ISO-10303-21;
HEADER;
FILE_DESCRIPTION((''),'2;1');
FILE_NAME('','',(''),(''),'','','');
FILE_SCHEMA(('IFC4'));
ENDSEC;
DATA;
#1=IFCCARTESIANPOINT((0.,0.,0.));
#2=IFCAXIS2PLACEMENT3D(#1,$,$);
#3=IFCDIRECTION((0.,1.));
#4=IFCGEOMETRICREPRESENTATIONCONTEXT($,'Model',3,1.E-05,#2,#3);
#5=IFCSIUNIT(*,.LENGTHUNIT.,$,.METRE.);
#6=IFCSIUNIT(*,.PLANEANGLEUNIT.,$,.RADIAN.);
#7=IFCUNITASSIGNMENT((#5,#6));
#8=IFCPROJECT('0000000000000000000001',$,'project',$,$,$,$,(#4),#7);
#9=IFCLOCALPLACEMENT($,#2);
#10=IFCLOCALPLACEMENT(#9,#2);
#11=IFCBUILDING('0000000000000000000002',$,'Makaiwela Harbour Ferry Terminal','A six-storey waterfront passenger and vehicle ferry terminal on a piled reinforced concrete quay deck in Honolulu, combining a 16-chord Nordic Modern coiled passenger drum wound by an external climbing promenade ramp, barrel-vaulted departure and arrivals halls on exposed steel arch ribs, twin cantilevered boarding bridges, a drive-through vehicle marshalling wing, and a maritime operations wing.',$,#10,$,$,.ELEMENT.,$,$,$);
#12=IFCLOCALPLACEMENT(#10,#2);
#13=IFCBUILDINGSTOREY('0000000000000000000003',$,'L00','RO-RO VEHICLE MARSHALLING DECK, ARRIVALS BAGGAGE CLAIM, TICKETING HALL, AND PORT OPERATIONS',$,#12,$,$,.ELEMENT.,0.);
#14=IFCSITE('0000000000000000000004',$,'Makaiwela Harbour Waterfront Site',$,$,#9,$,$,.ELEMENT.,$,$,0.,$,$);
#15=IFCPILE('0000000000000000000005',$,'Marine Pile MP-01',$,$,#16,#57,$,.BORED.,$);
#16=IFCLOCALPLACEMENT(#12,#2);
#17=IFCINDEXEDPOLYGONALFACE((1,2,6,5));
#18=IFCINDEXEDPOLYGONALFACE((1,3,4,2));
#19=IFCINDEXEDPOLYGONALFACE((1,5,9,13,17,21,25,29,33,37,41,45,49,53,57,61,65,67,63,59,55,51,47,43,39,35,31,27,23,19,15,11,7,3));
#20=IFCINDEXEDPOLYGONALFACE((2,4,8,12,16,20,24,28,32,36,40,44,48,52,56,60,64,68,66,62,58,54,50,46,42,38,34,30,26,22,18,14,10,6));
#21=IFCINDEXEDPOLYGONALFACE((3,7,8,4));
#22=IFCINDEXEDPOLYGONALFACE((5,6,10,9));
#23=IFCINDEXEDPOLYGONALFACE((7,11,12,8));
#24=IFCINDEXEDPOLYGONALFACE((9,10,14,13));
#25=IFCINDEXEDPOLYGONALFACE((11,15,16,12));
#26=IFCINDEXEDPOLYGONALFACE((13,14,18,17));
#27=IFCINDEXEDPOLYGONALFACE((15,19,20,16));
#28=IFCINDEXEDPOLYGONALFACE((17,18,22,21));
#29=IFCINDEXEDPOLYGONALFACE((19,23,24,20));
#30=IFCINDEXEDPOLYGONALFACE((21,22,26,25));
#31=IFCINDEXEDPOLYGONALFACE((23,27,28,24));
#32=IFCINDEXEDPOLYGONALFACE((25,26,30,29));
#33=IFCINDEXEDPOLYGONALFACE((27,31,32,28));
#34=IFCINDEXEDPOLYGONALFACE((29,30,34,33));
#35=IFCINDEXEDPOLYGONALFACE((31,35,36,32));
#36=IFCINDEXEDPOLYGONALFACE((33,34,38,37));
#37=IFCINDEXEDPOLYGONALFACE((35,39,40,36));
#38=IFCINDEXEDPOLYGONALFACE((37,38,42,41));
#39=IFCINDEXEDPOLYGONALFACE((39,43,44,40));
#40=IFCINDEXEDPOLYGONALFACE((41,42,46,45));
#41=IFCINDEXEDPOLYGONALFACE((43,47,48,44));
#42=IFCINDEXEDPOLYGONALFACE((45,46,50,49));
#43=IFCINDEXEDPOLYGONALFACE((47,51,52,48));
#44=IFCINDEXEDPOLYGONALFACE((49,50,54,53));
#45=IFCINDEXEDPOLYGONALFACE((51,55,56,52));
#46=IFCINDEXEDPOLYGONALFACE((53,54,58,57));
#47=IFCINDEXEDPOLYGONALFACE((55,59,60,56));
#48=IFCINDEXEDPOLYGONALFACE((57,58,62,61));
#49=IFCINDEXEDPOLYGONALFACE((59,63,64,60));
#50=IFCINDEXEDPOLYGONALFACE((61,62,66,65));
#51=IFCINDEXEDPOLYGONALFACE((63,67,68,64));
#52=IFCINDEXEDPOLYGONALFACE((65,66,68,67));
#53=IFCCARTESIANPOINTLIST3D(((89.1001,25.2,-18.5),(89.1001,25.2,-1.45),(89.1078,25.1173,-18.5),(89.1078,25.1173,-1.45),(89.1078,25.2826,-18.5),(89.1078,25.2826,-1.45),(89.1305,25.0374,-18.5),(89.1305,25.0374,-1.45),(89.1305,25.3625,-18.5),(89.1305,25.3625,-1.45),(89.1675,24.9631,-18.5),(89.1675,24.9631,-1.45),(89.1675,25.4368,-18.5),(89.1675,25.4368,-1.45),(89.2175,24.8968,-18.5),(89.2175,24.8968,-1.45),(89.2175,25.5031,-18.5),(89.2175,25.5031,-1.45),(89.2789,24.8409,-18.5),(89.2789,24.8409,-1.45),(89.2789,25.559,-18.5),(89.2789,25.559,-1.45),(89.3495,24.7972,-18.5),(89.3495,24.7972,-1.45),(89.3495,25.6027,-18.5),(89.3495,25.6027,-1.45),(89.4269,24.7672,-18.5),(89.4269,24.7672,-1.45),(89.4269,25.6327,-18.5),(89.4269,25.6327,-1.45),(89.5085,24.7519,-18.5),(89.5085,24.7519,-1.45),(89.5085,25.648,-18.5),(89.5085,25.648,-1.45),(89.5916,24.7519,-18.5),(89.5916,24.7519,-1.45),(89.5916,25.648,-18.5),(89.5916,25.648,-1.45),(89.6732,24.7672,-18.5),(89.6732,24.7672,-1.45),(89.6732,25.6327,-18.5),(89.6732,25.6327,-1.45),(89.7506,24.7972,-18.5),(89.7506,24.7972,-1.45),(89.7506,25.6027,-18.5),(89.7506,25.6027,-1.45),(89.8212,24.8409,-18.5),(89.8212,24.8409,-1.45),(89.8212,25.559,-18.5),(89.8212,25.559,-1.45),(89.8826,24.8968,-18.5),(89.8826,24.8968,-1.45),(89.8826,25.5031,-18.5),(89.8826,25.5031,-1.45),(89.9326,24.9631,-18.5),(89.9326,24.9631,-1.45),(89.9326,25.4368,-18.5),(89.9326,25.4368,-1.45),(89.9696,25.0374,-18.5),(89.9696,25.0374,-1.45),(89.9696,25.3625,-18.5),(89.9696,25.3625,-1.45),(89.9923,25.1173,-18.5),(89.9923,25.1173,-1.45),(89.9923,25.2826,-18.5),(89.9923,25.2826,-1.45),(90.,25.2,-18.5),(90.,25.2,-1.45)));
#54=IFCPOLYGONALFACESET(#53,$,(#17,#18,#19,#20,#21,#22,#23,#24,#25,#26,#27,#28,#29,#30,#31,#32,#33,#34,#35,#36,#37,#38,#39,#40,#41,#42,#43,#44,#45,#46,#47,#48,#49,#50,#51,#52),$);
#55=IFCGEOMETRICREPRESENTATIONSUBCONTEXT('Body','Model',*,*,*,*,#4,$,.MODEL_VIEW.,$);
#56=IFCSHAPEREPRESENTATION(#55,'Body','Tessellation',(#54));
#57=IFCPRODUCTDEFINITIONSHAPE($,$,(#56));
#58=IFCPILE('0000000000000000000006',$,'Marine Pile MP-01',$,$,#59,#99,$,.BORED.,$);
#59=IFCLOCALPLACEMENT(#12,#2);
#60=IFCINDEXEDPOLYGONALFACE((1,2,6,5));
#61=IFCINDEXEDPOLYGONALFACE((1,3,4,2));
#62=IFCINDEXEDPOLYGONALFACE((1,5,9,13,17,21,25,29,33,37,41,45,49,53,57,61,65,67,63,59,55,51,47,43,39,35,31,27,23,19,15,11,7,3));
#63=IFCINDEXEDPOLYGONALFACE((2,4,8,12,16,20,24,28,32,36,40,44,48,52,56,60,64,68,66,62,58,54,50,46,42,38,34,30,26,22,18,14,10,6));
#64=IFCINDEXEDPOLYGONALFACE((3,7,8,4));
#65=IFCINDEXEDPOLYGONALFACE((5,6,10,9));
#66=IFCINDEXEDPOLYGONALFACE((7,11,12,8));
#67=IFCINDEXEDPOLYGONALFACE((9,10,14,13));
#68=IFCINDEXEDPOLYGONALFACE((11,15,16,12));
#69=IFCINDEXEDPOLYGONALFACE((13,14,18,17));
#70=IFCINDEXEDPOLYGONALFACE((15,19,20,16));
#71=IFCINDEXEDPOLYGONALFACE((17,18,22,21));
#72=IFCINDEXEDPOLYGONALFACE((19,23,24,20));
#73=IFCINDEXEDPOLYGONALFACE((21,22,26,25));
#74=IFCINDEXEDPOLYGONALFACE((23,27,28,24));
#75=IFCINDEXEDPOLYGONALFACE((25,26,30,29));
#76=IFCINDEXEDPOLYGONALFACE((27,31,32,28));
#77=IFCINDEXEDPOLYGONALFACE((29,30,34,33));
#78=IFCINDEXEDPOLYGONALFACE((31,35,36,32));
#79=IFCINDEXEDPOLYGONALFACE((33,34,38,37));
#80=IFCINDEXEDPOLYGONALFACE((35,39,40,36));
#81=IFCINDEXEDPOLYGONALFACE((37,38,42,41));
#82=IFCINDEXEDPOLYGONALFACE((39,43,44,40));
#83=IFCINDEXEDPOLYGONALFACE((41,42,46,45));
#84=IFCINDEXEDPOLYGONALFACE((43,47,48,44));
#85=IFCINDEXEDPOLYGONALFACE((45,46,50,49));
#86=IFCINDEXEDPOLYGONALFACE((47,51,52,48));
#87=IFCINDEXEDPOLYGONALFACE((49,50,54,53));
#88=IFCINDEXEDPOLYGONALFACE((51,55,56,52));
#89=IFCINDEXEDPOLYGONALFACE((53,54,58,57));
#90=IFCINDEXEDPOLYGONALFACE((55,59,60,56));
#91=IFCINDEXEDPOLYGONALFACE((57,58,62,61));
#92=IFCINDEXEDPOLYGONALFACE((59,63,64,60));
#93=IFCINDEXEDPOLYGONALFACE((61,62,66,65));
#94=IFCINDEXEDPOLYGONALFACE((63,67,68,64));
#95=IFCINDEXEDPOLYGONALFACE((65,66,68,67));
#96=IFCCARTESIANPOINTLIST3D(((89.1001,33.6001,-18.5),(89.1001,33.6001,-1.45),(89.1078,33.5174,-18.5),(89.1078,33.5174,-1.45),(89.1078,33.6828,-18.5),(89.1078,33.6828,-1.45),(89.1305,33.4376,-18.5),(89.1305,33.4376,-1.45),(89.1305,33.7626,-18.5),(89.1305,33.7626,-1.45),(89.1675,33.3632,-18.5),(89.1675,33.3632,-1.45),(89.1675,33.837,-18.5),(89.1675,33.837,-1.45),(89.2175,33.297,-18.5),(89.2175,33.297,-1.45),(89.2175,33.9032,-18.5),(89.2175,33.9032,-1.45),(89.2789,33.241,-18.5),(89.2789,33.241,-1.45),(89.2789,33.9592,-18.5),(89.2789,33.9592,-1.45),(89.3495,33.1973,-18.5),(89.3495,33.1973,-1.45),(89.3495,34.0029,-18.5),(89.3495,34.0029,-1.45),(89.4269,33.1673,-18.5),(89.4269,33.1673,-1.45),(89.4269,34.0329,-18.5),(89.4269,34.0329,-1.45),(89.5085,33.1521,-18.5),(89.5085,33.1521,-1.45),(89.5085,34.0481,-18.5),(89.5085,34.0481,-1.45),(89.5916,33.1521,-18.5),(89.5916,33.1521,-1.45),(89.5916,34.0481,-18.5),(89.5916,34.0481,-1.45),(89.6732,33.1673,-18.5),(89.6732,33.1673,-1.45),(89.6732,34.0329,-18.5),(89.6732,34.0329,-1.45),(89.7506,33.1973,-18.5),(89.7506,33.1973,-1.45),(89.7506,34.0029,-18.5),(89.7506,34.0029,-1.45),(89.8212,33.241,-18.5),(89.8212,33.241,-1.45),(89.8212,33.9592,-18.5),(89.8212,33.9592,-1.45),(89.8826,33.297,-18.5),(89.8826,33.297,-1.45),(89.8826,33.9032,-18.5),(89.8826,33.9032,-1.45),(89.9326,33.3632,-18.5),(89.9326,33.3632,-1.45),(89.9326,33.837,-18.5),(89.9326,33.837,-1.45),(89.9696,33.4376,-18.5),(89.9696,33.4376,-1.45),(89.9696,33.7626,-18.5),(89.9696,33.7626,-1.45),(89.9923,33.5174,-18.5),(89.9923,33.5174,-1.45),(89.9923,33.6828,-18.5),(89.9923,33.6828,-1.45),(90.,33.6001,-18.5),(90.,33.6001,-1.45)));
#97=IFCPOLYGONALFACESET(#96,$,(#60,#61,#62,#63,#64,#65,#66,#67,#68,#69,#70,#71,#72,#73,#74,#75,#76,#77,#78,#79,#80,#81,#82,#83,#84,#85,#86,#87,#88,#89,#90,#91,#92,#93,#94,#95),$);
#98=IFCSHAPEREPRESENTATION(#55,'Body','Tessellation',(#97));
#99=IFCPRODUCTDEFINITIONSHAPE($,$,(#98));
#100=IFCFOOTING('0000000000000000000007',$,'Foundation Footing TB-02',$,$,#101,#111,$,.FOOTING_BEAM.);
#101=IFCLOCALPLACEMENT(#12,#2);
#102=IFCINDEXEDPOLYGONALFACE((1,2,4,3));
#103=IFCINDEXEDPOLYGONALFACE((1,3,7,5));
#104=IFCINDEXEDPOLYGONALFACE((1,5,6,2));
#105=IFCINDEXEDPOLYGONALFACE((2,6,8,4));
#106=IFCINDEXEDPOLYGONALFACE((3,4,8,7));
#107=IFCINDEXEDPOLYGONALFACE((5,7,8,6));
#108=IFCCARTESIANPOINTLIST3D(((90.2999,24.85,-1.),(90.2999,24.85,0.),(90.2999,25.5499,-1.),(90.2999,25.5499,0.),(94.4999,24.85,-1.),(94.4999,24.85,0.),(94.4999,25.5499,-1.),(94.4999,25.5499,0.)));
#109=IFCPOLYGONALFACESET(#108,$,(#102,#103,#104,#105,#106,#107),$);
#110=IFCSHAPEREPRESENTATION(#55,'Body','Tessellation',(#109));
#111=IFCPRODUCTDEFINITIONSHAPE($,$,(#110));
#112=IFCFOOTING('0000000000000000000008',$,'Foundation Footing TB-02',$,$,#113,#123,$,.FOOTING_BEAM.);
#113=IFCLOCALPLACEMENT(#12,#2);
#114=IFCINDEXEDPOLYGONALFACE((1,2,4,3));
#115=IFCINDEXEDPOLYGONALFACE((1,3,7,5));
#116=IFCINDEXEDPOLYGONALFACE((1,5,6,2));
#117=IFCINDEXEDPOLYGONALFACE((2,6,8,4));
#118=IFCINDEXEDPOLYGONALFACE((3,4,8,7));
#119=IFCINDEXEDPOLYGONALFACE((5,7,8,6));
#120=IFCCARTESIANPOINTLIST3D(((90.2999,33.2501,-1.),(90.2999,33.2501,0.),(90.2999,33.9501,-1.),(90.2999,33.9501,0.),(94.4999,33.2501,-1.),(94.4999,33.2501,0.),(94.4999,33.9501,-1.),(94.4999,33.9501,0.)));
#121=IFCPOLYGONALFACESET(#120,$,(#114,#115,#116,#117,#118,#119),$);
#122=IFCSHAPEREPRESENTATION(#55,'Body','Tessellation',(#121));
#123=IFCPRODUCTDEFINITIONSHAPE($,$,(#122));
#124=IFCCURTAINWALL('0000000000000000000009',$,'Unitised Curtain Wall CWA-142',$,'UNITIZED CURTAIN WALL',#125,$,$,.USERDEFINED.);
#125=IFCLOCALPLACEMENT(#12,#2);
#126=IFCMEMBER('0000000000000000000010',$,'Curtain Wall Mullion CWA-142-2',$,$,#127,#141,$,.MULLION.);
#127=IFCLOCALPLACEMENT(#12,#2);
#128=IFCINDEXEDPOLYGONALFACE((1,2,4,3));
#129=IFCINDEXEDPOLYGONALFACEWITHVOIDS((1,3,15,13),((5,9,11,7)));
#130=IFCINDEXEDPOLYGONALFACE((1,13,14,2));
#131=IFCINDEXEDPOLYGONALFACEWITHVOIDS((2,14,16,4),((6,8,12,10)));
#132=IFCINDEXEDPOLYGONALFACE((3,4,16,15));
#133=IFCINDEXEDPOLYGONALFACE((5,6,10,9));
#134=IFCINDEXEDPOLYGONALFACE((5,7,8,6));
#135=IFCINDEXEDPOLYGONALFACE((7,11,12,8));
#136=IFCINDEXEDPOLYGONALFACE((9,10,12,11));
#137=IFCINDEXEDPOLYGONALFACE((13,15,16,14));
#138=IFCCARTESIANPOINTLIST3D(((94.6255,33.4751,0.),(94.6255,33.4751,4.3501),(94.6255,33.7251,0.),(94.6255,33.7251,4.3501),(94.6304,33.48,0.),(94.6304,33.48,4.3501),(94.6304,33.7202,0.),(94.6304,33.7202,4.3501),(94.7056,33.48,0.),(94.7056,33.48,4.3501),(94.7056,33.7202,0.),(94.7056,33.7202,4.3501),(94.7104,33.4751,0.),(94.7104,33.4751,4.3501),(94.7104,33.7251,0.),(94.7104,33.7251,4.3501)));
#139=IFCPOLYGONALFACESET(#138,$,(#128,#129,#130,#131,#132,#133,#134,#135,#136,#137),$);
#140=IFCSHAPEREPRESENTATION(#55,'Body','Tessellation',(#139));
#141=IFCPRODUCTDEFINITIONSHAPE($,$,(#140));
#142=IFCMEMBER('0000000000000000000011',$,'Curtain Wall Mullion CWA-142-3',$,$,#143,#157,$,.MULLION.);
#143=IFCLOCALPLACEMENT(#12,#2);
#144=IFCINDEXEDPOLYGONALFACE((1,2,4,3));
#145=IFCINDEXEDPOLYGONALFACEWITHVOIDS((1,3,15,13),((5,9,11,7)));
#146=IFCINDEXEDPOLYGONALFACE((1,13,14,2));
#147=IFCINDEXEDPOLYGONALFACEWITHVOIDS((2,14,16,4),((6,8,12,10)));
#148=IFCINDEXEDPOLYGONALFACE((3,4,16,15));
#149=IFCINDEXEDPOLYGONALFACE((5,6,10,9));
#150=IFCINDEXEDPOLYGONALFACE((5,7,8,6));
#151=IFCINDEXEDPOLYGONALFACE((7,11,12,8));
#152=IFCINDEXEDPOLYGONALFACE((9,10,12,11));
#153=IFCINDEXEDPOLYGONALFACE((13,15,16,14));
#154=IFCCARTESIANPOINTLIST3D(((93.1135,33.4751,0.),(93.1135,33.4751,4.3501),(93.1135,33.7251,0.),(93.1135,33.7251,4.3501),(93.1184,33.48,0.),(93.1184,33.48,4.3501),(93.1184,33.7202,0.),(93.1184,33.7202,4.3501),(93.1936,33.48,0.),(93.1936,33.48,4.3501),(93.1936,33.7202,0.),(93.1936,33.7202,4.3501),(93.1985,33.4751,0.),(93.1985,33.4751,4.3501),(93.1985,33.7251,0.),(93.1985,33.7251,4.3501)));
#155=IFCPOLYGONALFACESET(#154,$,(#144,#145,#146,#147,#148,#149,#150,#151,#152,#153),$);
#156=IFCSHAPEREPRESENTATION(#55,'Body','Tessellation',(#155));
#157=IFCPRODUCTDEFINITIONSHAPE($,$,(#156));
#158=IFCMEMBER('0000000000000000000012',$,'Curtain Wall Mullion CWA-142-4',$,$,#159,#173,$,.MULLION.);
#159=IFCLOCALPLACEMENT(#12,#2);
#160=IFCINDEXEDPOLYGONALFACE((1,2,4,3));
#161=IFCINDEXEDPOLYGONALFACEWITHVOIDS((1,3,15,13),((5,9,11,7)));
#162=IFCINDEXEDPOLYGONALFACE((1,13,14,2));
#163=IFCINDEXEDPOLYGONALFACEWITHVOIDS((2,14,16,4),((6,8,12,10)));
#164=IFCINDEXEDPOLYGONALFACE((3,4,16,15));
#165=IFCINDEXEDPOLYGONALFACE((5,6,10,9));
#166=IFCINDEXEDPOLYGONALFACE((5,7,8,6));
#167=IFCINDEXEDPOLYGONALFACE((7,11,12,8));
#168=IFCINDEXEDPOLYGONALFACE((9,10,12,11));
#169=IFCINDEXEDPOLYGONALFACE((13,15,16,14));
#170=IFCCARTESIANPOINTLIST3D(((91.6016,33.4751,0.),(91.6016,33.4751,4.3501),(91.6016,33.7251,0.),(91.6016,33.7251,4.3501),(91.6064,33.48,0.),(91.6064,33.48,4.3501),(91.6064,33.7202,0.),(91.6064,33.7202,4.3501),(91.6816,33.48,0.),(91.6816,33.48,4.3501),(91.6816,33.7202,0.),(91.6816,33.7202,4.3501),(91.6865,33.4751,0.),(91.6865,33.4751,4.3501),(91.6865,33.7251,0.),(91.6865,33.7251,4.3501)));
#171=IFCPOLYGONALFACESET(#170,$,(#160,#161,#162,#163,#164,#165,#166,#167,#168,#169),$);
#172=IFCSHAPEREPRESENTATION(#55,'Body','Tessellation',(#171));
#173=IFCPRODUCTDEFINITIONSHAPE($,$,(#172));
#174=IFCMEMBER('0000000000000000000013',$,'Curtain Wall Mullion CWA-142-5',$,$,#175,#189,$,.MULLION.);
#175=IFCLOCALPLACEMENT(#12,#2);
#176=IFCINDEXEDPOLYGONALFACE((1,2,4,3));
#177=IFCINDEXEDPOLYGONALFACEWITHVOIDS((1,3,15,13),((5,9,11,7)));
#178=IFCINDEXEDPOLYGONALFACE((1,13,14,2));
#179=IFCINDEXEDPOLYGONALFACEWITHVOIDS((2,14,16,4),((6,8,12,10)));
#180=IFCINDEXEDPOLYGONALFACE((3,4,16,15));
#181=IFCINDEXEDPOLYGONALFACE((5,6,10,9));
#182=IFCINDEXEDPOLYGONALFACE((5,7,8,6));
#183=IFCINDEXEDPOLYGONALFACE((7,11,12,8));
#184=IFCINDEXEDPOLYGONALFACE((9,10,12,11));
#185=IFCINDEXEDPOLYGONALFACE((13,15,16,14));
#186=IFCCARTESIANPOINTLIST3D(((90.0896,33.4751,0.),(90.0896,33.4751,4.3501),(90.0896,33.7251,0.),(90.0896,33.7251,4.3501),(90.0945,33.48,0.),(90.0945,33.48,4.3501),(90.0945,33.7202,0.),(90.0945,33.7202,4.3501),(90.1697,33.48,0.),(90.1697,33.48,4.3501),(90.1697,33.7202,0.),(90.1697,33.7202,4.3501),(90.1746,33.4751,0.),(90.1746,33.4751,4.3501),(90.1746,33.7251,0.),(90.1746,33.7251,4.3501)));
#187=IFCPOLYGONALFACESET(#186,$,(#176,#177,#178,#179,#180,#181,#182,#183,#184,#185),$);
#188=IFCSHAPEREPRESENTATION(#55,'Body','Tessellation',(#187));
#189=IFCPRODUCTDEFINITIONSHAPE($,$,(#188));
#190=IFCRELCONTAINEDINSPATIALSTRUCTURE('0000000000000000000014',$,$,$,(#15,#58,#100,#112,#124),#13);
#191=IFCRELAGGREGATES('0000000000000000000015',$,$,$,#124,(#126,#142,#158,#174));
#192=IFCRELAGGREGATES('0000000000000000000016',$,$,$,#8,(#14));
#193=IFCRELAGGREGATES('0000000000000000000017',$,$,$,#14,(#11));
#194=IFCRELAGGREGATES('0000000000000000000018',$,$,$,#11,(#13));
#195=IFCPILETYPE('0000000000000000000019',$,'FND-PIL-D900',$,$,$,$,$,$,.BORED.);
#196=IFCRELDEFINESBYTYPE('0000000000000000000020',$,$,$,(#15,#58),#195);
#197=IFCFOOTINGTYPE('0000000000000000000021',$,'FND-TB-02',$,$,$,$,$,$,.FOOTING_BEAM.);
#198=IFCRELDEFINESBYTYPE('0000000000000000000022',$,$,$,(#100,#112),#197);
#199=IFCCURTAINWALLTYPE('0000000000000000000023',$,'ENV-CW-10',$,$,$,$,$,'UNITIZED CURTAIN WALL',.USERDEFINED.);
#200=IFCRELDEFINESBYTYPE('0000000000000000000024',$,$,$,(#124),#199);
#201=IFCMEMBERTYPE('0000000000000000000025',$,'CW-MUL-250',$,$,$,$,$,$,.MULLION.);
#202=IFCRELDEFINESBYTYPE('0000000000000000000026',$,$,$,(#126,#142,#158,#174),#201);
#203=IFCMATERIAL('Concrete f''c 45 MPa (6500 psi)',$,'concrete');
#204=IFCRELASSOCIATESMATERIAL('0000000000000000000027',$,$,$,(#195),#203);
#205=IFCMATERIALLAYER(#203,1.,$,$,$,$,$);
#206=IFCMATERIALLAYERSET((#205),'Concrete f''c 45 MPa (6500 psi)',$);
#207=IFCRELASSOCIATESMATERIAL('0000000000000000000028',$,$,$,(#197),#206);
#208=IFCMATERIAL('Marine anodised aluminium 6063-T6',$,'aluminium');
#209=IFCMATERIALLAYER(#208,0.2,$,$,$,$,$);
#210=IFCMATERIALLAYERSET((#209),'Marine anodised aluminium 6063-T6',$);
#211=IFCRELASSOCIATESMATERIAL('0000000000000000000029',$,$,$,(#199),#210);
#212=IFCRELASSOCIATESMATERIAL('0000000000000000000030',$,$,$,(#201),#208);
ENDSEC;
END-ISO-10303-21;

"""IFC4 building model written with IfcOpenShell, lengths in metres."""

from ifc_helpers import new_model, si_unit, direction, frame, origin, origin_2d, place, context, subcontext, project, spatial, rectangle, hollow_rectangle, circle, extrude, material, layer, layer_set, material_profile, profile_set, type_object, element, aggregate, save


model = new_model("IFC4")

# Units and contexts
model_context = context("Model", 3, precision=1e-05, world=origin(), true_north=direction((0.0, 1.0)))
body_context = subcontext(model_context, "Body", "Model", "MODEL_VIEW")
ifc_project = project(units=[si_unit("LENGTHUNIT", "METRE"), si_unit("PLANEANGLEUNIT", "RADIAN")], contexts=[model_context])

# Site, building, storey
site_placement = place(None, origin())
site = spatial("IfcSite", under=ifc_project, at=site_placement, Name="Makaiwela Harbour Waterfront Site", CompositionType="ELEMENT", RefElevation=0.0)
building_placement = place(site_placement, origin())
building = spatial("IfcBuilding", under=site, at=building_placement, Name="Makaiwela Harbour Ferry Terminal", Description="A six-storey waterfront passenger and vehicle ferry terminal on a piled reinforced concrete quay deck in Honolulu, combining a 16-chord Nordic Modern coiled passenger drum wound by an external climbing promenade ramp, barrel-vaulted departure and arrivals halls on exposed steel arch ribs, twin cantilevered boarding bridges, a drive-through vehicle marshalling wing, and a maritime operations wing.", CompositionType="ELEMENT")
storey_placement = place(building_placement, origin())
storey = spatial("IfcBuildingStorey", under=building, at=storey_placement, Name="L00", Description="RO-RO VEHICLE MARSHALLING DECK, ARRIVALS BAGGAGE CLAIM, TICKETING HALL, AND PORT OPERATIONS", CompositionType="ELEMENT", Elevation=0.0)

# Piles
ifc_material_1 = material(Name="Concrete f'c 45 MPa (6500 psi)", Category="concrete")
ifc_material_profile_1 = material_profile(ifc_material_1, circle(Radius=0.45, at=origin_2d()), Name="PILE-D900")
ifc_profile_set_1 = profile_set([ifc_material_profile_1], Name="Concrete f'c 45 MPa (6500 psi)")
pile_type = type_object("IfcPileType", Name="FND-PIL-D900", PredefinedType="BORED", material=ifc_profile_set_1)
for number, where, z_axis, x_axis, name in (
    (1, (89.55, 25.2, -1.45), (0.0, 0.0, -1.0), (1.0, 0.0, 0.0), "Marine Pile MP-01"),
    (2, (89.55, 33.6001, -1.45), (0.0, 0.0, -1.0), (1.0, 0.0, 0.0), "Marine Pile MP-01"),
):
    element("IfcPile", number, at=place(storey_placement, frame(where, z_axis=z_axis, x_axis=x_axis)), inside=storey, type_object=pile_type, Name=name, PredefinedType="BORED", context=body_context, shape_type="SweptSolid", body=[
        extrude(circle(Radius=0.45, at=origin_2d()), origin(), (0.0, 0.0, 1.0), 17.05),
    ])

# Footings
ifc_layer_1 = layer(ifc_material_1, 1.0)
ifc_layer_set_1 = layer_set([ifc_layer_1], Name="Concrete f'c 45 MPa (6500 psi)")
footing_type = type_object("IfcFootingType", Name="FND-TB-02", PredefinedType="FOOTING_BEAM", material=ifc_layer_set_1)
for number, where, z_axis, x_axis, name in (
    (3, (92.3999, 25.2, -1.0), (0.0, 0.0, 1.0), (1.0, 0.0, 0.0), "Foundation Footing TB-02"),
    (4, (92.3999, 33.6001, -1.0), (0.0, 0.0, 1.0), (1.0, 0.0, 0.0), "Foundation Footing TB-02"),
):
    element("IfcFooting", number, at=place(storey_placement, frame(where, z_axis=z_axis, x_axis=x_axis)), inside=storey, type_object=footing_type, Name=name, PredefinedType="FOOTING_BEAM", context=body_context, shape_type="SweptSolid", body=[
        extrude(rectangle(XDim=4.2, YDim=0.7, at=origin_2d()), origin(), (0.0, 0.0, 1.0), 1.0),
    ])

# Curtain wall, members
ifc_material_2 = material(Name="Marine anodised aluminium 6063-T6", Category="aluminium")
ifc_layer_2 = layer(ifc_material_2, 0.2)
ifc_layer_set_2 = layer_set([ifc_layer_2], Name="Marine anodised aluminium 6063-T6")
curtain_wall_type = type_object("IfcCurtainWallType", Name="ENV-CW-10", ElementType="UNITIZED CURTAIN WALL", PredefinedType="USERDEFINED", material=ifc_layer_set_2)
curtain_wall_placement = place(storey_placement, origin())
curtain_wall = element("IfcCurtainWall", 5, at=curtain_wall_placement, inside=storey, type_object=curtain_wall_type, Name="Unitised Curtain Wall CWA-142", ObjectType="UNITIZED CURTAIN WALL", PredefinedType="USERDEFINED")
ifc_material_profile_2 = material_profile(ifc_material_2, hollow_rectangle(XDim=0.085, YDim=0.25, WallThickness=0.0049, at=origin_2d()), Name="CWM-250X85")
ifc_profile_set_2 = profile_set([ifc_material_profile_2], Name="Marine anodised aluminium 6063-T6")
member_type_1 = type_object("IfcMemberType", Name="CW-MUL-250", PredefinedType="MULLION", material=ifc_profile_set_2)
member_1_placement = place(storey_placement, frame((94.668, 33.6001, 0.0), z_axis=(0.0, 0.0, 1.0), x_axis=(1.0, 0.0, 0.0)))
member_1 = element("IfcMember", 6, at=member_1_placement, type_object=member_type_1, Name="Curtain Wall Mullion CWA-142-2", PredefinedType="MULLION", context=body_context, shape_type="SweptSolid", body=[
    extrude(hollow_rectangle(XDim=0.085, YDim=0.25, WallThickness=0.0049, at=origin_2d()), origin(), (0.0, 0.0, 1.0), 4.3501),
])
member_2_placement = place(storey_placement, frame((93.156, 33.6001, 0.0), z_axis=(0.0, 0.0, 1.0), x_axis=(1.0, 0.0, 0.0)))
member_2 = element("IfcMember", 7, at=member_2_placement, type_object=member_type_1, Name="Curtain Wall Mullion CWA-142-3", PredefinedType="MULLION", context=body_context, shape_type="SweptSolid", body=[
    extrude(hollow_rectangle(XDim=0.085, YDim=0.25, WallThickness=0.0049, at=origin_2d()), origin(), (0.0, 0.0, 1.0), 4.3501),
])
member_3_placement = place(storey_placement, frame((91.644, 33.6001, 0.0), z_axis=(0.0, 0.0, 1.0), x_axis=(1.0, 0.0, 0.0)))
member_3 = element("IfcMember", 8, at=member_3_placement, type_object=member_type_1, Name="Curtain Wall Mullion CWA-142-4", PredefinedType="MULLION", context=body_context, shape_type="SweptSolid", body=[
    extrude(hollow_rectangle(XDim=0.085, YDim=0.25, WallThickness=0.0049, at=origin_2d()), origin(), (0.0, 0.0, 1.0), 4.3501),
])
member_4_placement = place(storey_placement, frame((90.1321, 33.6001, 0.0), z_axis=(0.0, 0.0, 1.0), x_axis=(1.0, 0.0, 0.0)))
member_4 = element("IfcMember", 9, at=member_4_placement, type_object=member_type_1, Name="Curtain Wall Mullion CWA-142-5", PredefinedType="MULLION", context=body_context, shape_type="SweptSolid", body=[
    extrude(hollow_rectangle(XDim=0.085, YDim=0.25, WallThickness=0.0049, at=origin_2d()), origin(), (0.0, 0.0, 1.0), 4.3501),
])
aggregate(curtain_wall, [member_1, member_2, member_3, member_4])

save(model, "model.ifc")
